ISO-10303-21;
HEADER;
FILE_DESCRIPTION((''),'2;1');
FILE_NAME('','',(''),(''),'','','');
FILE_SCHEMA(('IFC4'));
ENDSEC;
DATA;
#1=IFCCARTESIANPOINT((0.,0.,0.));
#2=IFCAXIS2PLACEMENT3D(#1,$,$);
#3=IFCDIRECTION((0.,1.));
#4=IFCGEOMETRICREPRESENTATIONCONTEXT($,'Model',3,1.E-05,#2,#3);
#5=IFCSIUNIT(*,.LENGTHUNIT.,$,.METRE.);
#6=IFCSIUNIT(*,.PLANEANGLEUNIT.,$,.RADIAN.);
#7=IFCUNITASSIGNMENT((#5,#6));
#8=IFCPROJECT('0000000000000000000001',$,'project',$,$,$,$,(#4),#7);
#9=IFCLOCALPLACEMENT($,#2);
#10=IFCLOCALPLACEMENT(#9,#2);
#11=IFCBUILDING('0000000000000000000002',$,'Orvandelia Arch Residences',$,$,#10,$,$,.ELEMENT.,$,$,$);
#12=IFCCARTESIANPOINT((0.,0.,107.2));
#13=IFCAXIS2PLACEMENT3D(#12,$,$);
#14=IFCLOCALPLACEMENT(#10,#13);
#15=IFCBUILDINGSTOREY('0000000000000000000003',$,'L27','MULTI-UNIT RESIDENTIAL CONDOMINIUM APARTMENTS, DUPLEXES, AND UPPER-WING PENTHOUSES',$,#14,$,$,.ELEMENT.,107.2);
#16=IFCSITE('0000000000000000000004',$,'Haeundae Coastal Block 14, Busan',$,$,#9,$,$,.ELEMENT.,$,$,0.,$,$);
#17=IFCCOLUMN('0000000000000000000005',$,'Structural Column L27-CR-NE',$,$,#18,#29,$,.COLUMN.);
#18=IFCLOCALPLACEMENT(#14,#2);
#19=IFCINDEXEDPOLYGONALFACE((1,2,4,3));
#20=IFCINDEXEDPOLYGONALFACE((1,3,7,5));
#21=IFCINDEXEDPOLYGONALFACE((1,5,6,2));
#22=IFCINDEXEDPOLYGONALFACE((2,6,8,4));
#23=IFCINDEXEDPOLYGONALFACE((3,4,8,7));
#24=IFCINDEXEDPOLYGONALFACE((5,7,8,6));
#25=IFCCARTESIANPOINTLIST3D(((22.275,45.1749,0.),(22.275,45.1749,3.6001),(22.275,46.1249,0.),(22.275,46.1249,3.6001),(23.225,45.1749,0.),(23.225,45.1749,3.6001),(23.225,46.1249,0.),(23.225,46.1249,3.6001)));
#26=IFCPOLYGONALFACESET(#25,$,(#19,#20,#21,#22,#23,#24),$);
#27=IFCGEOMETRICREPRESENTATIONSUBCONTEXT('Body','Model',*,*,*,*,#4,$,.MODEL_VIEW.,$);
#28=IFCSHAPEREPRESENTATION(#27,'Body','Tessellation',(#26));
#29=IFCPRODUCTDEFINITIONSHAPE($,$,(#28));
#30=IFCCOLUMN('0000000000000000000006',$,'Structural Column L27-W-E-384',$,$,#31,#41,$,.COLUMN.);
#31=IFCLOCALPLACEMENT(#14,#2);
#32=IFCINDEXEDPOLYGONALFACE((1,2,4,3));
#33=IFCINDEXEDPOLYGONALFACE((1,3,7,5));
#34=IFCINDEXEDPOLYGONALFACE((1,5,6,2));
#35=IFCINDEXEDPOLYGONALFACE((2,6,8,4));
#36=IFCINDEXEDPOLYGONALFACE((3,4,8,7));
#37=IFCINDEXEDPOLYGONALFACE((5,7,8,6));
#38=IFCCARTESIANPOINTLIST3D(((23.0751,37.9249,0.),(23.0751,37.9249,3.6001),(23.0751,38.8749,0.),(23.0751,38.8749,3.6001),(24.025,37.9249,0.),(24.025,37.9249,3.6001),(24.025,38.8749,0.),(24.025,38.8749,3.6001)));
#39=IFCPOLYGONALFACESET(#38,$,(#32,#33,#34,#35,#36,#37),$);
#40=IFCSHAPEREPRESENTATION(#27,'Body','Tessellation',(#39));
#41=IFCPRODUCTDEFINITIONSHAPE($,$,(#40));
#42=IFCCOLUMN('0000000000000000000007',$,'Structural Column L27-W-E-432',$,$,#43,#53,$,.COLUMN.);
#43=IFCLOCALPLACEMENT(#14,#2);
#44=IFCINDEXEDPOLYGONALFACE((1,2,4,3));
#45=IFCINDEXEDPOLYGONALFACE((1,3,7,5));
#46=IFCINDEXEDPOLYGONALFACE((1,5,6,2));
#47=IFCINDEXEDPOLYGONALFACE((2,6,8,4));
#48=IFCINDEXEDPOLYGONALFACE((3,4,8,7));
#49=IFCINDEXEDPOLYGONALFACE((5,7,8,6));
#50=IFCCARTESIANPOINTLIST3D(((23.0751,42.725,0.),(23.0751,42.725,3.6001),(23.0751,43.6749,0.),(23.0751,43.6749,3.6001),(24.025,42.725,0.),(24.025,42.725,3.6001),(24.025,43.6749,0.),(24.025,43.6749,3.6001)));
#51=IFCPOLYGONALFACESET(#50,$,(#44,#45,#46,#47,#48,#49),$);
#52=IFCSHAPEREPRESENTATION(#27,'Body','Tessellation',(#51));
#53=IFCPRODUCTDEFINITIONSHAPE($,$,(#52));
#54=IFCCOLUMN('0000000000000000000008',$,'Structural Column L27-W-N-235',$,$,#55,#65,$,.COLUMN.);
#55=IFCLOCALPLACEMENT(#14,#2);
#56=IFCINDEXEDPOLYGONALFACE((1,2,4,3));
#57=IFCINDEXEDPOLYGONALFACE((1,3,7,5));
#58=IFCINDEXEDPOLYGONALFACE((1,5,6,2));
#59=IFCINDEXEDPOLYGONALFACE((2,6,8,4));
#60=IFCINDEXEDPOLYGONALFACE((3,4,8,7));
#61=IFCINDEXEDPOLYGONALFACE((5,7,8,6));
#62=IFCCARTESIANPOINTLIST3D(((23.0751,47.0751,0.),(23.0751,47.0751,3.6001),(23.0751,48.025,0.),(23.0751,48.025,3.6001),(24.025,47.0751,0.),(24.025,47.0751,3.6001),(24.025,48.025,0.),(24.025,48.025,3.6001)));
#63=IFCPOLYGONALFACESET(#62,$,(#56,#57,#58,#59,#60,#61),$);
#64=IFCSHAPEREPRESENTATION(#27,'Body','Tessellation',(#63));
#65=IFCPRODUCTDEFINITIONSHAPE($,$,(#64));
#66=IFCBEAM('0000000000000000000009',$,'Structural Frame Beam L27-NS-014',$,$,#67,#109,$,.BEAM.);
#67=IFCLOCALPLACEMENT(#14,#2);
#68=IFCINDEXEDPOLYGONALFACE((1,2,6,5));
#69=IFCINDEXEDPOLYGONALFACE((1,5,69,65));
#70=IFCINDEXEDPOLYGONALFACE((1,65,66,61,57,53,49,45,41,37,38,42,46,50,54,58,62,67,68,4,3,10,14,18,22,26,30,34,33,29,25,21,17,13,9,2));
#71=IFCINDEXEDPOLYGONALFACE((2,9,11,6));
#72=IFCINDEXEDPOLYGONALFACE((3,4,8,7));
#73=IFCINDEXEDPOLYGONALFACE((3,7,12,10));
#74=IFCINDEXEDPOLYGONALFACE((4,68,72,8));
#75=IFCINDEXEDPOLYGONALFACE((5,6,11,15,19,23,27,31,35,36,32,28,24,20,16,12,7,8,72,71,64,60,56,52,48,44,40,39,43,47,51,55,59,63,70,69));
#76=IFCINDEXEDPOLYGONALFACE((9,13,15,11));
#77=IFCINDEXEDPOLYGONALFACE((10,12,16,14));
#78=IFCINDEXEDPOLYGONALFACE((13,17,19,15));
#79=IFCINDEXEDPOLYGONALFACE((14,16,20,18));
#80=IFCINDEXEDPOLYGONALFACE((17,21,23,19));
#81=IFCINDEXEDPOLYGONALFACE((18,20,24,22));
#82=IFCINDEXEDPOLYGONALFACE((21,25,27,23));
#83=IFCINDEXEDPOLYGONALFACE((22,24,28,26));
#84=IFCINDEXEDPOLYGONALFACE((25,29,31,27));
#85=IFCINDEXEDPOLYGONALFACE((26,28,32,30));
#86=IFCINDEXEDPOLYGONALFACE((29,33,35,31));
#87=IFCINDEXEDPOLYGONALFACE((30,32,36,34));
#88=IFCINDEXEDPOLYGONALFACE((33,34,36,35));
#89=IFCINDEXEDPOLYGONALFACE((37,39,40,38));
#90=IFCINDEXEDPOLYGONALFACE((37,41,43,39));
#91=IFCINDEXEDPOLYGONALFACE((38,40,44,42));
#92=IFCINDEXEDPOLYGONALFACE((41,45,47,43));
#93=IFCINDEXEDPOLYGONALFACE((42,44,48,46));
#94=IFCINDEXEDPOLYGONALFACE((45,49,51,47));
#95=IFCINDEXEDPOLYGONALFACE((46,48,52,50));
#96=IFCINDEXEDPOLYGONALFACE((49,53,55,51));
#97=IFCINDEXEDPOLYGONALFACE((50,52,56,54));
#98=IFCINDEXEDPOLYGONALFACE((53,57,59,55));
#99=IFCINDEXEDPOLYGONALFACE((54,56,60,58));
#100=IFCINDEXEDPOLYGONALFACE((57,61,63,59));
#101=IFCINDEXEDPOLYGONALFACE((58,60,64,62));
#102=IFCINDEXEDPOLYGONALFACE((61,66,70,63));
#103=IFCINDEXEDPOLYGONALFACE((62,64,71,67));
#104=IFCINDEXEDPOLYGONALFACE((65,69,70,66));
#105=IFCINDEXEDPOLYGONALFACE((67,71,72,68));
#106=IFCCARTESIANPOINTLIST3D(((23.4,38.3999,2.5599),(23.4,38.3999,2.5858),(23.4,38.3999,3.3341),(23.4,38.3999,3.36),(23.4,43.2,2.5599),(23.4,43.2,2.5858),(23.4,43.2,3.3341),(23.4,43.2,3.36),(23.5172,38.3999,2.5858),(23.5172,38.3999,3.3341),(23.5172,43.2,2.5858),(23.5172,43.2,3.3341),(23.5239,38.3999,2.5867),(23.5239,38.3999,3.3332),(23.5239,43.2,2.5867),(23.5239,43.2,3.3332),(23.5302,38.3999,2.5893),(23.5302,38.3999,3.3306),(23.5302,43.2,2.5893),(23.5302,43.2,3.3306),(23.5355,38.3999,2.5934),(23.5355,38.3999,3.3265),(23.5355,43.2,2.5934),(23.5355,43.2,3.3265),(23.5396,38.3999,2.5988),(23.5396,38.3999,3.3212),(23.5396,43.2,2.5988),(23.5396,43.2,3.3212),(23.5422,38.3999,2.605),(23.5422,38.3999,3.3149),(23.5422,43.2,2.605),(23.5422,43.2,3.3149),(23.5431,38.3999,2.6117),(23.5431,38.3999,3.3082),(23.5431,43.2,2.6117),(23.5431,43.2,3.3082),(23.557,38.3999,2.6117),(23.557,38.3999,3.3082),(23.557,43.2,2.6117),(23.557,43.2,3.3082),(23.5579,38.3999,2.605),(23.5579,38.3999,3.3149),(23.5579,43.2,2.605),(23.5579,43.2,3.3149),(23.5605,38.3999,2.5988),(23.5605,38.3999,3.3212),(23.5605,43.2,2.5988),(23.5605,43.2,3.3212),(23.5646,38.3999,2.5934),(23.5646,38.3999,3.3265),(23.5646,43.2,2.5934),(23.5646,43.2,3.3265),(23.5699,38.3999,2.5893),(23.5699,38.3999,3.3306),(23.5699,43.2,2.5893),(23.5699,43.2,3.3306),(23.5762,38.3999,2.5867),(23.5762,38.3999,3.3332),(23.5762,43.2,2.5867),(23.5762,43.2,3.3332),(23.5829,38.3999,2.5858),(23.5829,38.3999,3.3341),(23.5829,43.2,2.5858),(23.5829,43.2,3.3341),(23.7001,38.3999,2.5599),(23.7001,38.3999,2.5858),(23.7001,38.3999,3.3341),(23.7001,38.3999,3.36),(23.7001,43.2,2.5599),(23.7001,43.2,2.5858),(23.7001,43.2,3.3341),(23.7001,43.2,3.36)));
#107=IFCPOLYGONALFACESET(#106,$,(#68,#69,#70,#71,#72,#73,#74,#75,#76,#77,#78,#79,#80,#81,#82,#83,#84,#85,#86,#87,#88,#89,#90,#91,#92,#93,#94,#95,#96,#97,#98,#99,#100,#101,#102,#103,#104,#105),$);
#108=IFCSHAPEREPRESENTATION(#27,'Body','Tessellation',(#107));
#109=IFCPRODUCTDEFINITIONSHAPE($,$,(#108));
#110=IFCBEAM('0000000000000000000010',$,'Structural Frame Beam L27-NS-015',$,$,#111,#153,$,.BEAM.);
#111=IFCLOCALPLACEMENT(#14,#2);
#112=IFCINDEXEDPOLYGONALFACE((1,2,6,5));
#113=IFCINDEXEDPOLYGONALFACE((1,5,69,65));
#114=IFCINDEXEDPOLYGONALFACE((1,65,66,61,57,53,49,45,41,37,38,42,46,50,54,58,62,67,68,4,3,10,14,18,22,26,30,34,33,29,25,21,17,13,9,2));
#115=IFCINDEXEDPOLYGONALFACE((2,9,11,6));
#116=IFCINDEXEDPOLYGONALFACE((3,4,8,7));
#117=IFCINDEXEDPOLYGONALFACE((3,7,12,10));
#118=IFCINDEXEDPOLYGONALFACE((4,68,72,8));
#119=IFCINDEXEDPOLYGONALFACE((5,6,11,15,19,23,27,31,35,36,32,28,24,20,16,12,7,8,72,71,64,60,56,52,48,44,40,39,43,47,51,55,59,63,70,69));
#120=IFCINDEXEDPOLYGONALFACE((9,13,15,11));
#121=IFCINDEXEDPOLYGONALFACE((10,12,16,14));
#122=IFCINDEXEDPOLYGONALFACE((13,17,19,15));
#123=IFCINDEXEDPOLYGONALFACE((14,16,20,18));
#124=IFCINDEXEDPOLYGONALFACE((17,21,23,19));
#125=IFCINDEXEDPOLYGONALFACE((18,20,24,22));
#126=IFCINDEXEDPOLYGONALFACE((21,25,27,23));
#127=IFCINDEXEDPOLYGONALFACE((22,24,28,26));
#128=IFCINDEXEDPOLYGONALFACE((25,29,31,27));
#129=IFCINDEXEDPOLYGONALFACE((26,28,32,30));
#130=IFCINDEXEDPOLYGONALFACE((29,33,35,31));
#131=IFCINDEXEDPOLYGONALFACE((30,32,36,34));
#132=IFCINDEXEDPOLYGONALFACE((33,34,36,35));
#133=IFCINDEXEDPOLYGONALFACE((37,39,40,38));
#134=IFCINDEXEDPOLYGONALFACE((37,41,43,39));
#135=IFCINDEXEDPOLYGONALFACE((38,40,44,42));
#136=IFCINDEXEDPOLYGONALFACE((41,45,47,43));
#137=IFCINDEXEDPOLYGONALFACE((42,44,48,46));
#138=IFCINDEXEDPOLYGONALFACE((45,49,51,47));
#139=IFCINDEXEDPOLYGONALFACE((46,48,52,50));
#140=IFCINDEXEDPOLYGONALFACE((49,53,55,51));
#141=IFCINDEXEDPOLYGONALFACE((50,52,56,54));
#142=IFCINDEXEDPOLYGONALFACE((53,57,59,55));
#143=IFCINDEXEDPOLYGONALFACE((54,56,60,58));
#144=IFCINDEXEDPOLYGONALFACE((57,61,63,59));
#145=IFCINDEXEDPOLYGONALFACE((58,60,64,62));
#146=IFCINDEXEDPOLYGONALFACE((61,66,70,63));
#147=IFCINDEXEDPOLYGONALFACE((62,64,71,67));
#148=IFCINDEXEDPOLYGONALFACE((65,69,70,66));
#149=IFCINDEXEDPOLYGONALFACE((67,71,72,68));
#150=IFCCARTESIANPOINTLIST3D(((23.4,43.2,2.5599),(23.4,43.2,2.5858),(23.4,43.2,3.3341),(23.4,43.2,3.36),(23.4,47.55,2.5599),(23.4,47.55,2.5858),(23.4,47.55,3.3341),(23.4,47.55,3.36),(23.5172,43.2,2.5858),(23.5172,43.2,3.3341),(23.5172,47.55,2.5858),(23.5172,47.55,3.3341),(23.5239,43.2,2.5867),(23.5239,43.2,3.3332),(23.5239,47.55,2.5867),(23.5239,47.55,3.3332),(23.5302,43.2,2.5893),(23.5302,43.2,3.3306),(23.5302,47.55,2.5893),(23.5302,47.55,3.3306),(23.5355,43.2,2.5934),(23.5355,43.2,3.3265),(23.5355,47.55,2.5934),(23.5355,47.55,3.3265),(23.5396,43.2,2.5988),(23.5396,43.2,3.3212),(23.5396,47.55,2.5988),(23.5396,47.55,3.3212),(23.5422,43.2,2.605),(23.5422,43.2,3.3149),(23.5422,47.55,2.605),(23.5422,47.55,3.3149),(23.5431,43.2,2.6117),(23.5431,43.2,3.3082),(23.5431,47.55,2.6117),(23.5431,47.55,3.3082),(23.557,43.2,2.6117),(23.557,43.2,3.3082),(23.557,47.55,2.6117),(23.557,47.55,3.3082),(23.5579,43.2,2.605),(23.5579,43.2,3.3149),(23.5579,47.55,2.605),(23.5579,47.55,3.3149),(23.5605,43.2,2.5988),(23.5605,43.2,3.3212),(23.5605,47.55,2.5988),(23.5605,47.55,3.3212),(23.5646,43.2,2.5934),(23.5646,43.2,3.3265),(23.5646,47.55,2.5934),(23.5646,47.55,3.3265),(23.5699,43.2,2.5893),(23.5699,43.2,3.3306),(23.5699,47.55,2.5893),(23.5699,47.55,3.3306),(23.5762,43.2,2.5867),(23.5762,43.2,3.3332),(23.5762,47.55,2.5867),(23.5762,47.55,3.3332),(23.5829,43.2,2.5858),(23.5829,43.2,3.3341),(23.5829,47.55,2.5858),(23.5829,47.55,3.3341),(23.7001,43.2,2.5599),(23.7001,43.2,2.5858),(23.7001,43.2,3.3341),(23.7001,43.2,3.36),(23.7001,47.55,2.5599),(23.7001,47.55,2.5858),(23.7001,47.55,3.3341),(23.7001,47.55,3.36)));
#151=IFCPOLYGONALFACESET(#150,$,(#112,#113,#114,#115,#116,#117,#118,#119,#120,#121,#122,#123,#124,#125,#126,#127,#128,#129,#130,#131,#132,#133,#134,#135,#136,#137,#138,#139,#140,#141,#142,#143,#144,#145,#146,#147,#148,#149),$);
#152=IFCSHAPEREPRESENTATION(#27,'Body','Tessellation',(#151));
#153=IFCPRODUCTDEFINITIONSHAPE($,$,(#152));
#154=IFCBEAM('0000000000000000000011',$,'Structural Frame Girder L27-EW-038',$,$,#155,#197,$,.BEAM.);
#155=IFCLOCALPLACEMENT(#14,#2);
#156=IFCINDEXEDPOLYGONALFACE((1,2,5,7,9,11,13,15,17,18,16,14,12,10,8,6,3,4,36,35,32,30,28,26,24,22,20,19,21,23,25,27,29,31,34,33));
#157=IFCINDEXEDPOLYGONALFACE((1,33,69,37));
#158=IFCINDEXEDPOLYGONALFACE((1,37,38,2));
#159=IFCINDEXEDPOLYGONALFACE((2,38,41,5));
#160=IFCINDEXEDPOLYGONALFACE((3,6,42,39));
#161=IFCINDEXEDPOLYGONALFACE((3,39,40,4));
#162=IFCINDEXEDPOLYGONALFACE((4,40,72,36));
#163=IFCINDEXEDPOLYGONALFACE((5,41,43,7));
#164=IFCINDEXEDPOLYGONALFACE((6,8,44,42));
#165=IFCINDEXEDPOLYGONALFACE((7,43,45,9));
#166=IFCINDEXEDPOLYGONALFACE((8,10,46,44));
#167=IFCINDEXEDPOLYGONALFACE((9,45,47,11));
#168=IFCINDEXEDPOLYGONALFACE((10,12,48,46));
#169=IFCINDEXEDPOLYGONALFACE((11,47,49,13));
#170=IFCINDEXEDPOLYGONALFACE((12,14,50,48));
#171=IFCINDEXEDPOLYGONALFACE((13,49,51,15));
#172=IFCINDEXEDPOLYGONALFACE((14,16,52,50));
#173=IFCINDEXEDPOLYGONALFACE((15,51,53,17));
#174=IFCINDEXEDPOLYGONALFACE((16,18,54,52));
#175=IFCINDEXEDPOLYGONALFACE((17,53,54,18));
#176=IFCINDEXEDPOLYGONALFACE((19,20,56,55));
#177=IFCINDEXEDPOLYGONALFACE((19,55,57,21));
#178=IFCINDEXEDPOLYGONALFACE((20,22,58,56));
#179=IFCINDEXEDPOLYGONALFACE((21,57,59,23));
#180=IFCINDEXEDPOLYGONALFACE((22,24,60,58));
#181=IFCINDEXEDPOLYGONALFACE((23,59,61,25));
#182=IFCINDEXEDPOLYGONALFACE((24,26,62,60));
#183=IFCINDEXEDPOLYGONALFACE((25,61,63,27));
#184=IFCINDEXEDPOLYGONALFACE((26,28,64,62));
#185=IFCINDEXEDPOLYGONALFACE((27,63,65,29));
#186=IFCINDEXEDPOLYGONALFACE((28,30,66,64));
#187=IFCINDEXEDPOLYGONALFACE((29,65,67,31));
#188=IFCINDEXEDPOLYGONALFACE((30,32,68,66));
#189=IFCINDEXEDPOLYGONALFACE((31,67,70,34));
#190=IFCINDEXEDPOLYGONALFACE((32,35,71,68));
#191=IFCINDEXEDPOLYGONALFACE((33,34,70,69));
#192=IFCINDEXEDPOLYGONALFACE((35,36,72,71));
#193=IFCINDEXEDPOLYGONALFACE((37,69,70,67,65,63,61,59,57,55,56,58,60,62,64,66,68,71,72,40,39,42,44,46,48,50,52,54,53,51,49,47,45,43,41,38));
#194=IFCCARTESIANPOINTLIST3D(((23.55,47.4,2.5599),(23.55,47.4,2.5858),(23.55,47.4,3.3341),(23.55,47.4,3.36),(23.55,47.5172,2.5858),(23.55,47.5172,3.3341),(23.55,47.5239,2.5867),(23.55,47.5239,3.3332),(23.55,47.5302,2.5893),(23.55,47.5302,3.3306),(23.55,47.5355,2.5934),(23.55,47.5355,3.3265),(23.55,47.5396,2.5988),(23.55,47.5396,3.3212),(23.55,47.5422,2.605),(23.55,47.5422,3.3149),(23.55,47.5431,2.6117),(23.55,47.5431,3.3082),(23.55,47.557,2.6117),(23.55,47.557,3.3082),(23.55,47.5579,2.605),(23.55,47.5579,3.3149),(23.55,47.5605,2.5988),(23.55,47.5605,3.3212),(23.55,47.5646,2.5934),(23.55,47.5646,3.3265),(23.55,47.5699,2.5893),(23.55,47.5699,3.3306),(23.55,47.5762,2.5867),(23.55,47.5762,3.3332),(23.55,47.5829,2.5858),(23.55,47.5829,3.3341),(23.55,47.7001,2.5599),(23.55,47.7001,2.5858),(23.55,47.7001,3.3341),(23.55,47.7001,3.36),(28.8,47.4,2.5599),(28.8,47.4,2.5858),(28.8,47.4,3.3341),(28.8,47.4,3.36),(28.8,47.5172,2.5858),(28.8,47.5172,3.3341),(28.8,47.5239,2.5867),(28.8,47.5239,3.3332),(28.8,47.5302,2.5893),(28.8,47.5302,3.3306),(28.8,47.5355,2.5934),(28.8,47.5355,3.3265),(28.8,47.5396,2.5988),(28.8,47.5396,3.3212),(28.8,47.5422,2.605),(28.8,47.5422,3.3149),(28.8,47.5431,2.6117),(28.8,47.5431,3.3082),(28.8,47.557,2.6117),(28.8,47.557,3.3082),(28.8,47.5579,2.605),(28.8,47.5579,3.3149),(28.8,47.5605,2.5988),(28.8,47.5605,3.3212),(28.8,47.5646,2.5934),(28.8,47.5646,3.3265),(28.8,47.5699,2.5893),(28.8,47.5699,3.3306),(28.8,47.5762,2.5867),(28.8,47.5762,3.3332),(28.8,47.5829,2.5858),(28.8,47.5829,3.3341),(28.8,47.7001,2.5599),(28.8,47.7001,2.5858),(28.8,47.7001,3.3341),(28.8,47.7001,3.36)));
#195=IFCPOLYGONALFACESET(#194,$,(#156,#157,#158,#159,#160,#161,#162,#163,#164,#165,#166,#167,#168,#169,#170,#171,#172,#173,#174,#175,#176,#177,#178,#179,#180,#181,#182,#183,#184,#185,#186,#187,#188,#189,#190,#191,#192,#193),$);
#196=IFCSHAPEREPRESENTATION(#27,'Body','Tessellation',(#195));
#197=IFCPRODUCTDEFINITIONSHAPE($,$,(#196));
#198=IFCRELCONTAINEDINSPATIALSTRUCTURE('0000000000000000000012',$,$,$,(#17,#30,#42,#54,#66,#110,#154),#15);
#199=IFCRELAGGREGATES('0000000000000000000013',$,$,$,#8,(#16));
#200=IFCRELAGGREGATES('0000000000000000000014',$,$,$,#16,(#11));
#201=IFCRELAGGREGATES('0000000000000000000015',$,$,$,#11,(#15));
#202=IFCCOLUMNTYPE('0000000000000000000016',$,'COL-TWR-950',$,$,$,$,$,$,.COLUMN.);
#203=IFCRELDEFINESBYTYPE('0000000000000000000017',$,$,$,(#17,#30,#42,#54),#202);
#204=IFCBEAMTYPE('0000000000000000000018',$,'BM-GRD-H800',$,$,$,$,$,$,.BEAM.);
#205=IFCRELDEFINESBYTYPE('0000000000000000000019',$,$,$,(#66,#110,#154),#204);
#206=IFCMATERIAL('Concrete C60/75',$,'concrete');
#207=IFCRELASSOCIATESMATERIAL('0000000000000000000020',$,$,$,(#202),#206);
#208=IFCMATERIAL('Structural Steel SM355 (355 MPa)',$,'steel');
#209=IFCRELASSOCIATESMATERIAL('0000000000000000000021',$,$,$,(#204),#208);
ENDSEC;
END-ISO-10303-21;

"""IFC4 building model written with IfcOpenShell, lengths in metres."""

from ifc_helpers import new_model, si_unit, direction, frame, origin, origin_2d, place, context, subcontext, project, spatial, rectangle, i_section, extrude, material, material_profile, profile_set, type_object, element, save


model = new_model("IFC4")

# Units and contexts
model_context = context("Model", 3, precision=1e-05, world=origin(), true_north=direction((0.0, 1.0)))
body_context = subcontext(model_context, "Body", "Model", "MODEL_VIEW")
ifc_project = project(units=[si_unit("LENGTHUNIT", "METRE"), si_unit("PLANEANGLEUNIT", "RADIAN")], contexts=[model_context])

# Site, building, storey
site_placement = place(None, origin())
site = spatial("IfcSite", under=ifc_project, at=site_placement, Name="Haeundae Coastal Block 14, Busan", CompositionType="ELEMENT", RefElevation=0.0)
building_placement = place(site_placement, origin())
building = spatial("IfcBuilding", under=site, at=building_placement, Name="Orvandelia Arch Residences", CompositionType="ELEMENT")
storey_placement = place(building_placement, frame((0.0, 0.0, 107.2)))
storey = spatial("IfcBuildingStorey", under=building, at=storey_placement, Name="L27", Description="MULTI-UNIT RESIDENTIAL CONDOMINIUM APARTMENTS, DUPLEXES, AND UPPER-WING PENTHOUSES", CompositionType="ELEMENT", Elevation=107.2)

# Columns
ifc_material_1 = material(Name="Concrete C60/75", Category="concrete")
ifc_material_profile_1 = material_profile(ifc_material_1, rectangle(XDim=0.95, YDim=0.95, at=origin_2d()), Name="Concrete C60/75", Category="concrete")
ifc_profile_set_1 = profile_set([ifc_material_profile_1], Name="Concrete C60/75")
column_type = type_object("IfcColumnType", Name="COL-TWR-950", PredefinedType="COLUMN", material=ifc_profile_set_1)
for number, where, z_axis, x_axis, name in (
    (1, (22.75, 45.6499, 0.0), (0.0, 0.0, 1.0), (1.0, 0.0, 0.0), "Structural Column L27-CR-NE"),
    (2, (23.55, 38.3999, 0.0), (0.0, 0.0, 1.0), (1.0, 0.0, 0.0), "Structural Column L27-W-E-384"),
    (3, (23.55, 43.2, 0.0), (0.0, 0.0, 1.0), (1.0, 0.0, 0.0), "Structural Column L27-W-E-432"),
    (4, (23.55, 47.55, 0.0), (0.0, 0.0, 1.0), (1.0, 0.0, 0.0), "Structural Column L27-W-N-235"),
):
    element("IfcColumn", number, at=place(storey_placement, frame(where, z_axis=z_axis, x_axis=x_axis)), inside=storey, type_object=column_type, Name=name, PredefinedType="COLUMN", context=body_context, shape_type="SweptSolid", body=[
        extrude(rectangle(XDim=0.95, YDim=0.95, at=origin_2d()), origin(), (0.0, 0.0, 1.0), 3.6001),
    ])

# Beams
ifc_material_2 = material(Name="Structural Steel SM355 (355 MPa)", Category="steel")
ifc_material_profile_2 = material_profile(ifc_material_2, i_section(OverallWidth=0.3, OverallDepth=0.8, WebThickness=0.0139, FlangeThickness=0.0259, FilletRadius=0.0259, at=origin_2d()), Name="Structural Steel SM355 (355 MPa)", Category="steel")
ifc_profile_set_2 = profile_set([ifc_material_profile_2], Name="Structural Steel SM355 (355 MPa)")
beam_type = type_object("IfcBeamType", Name="BM-GRD-H800", PredefinedType="BEAM", material=ifc_profile_set_2)
beam_1_placement = place(storey_placement, frame((23.55, 38.3999, 2.96), z_axis=(0.0, 1.0, 0.0), x_axis=(-1.0, 0.0, 0.0)))
element("IfcBeam", 5, at=beam_1_placement, inside=storey, type_object=beam_type, Name="Structural Frame Beam L27-NS-014", PredefinedType="BEAM", context=body_context, shape_type="SweptSolid", body=[
    extrude(i_section(OverallWidth=0.3, OverallDepth=0.8, WebThickness=0.0139, FlangeThickness=0.0259, FilletRadius=0.0259, at=origin_2d()), origin(), (0.0, 0.0, 1.0), 4.8),
])
beam_2_placement = place(storey_placement, frame((23.55, 43.2, 2.96), z_axis=(0.0, 1.0, 0.0), x_axis=(-1.0, 0.0, 0.0)))
element("IfcBeam", 6, at=beam_2_placement, inside=storey, type_object=beam_type, Name="Structural Frame Beam L27-NS-015", PredefinedType="BEAM", context=body_context, shape_type="SweptSolid", body=[
    extrude(i_section(OverallWidth=0.3, OverallDepth=0.8, WebThickness=0.0139, FlangeThickness=0.0259, FilletRadius=0.0259, at=origin_2d()), origin(), (0.0, 0.0, 1.0), 4.3501),
])
beam_3_placement = place(storey_placement, frame((23.55, 47.55, 2.96), z_axis=(1.0, 0.0, 0.0), x_axis=(0.0, 1.0, 0.0)))
element("IfcBeam", 7, at=beam_3_placement, inside=storey, type_object=beam_type, Name="Structural Frame Girder L27-EW-038", PredefinedType="BEAM", context=body_context, shape_type="SweptSolid", body=[
    extrude(i_section(OverallWidth=0.3, OverallDepth=0.8, WebThickness=0.0139, FlangeThickness=0.0259, FilletRadius=0.0259, at=origin_2d()), origin(), (0.0, 0.0, 1.0), 5.25),
])

save(model, "model.ifc")
